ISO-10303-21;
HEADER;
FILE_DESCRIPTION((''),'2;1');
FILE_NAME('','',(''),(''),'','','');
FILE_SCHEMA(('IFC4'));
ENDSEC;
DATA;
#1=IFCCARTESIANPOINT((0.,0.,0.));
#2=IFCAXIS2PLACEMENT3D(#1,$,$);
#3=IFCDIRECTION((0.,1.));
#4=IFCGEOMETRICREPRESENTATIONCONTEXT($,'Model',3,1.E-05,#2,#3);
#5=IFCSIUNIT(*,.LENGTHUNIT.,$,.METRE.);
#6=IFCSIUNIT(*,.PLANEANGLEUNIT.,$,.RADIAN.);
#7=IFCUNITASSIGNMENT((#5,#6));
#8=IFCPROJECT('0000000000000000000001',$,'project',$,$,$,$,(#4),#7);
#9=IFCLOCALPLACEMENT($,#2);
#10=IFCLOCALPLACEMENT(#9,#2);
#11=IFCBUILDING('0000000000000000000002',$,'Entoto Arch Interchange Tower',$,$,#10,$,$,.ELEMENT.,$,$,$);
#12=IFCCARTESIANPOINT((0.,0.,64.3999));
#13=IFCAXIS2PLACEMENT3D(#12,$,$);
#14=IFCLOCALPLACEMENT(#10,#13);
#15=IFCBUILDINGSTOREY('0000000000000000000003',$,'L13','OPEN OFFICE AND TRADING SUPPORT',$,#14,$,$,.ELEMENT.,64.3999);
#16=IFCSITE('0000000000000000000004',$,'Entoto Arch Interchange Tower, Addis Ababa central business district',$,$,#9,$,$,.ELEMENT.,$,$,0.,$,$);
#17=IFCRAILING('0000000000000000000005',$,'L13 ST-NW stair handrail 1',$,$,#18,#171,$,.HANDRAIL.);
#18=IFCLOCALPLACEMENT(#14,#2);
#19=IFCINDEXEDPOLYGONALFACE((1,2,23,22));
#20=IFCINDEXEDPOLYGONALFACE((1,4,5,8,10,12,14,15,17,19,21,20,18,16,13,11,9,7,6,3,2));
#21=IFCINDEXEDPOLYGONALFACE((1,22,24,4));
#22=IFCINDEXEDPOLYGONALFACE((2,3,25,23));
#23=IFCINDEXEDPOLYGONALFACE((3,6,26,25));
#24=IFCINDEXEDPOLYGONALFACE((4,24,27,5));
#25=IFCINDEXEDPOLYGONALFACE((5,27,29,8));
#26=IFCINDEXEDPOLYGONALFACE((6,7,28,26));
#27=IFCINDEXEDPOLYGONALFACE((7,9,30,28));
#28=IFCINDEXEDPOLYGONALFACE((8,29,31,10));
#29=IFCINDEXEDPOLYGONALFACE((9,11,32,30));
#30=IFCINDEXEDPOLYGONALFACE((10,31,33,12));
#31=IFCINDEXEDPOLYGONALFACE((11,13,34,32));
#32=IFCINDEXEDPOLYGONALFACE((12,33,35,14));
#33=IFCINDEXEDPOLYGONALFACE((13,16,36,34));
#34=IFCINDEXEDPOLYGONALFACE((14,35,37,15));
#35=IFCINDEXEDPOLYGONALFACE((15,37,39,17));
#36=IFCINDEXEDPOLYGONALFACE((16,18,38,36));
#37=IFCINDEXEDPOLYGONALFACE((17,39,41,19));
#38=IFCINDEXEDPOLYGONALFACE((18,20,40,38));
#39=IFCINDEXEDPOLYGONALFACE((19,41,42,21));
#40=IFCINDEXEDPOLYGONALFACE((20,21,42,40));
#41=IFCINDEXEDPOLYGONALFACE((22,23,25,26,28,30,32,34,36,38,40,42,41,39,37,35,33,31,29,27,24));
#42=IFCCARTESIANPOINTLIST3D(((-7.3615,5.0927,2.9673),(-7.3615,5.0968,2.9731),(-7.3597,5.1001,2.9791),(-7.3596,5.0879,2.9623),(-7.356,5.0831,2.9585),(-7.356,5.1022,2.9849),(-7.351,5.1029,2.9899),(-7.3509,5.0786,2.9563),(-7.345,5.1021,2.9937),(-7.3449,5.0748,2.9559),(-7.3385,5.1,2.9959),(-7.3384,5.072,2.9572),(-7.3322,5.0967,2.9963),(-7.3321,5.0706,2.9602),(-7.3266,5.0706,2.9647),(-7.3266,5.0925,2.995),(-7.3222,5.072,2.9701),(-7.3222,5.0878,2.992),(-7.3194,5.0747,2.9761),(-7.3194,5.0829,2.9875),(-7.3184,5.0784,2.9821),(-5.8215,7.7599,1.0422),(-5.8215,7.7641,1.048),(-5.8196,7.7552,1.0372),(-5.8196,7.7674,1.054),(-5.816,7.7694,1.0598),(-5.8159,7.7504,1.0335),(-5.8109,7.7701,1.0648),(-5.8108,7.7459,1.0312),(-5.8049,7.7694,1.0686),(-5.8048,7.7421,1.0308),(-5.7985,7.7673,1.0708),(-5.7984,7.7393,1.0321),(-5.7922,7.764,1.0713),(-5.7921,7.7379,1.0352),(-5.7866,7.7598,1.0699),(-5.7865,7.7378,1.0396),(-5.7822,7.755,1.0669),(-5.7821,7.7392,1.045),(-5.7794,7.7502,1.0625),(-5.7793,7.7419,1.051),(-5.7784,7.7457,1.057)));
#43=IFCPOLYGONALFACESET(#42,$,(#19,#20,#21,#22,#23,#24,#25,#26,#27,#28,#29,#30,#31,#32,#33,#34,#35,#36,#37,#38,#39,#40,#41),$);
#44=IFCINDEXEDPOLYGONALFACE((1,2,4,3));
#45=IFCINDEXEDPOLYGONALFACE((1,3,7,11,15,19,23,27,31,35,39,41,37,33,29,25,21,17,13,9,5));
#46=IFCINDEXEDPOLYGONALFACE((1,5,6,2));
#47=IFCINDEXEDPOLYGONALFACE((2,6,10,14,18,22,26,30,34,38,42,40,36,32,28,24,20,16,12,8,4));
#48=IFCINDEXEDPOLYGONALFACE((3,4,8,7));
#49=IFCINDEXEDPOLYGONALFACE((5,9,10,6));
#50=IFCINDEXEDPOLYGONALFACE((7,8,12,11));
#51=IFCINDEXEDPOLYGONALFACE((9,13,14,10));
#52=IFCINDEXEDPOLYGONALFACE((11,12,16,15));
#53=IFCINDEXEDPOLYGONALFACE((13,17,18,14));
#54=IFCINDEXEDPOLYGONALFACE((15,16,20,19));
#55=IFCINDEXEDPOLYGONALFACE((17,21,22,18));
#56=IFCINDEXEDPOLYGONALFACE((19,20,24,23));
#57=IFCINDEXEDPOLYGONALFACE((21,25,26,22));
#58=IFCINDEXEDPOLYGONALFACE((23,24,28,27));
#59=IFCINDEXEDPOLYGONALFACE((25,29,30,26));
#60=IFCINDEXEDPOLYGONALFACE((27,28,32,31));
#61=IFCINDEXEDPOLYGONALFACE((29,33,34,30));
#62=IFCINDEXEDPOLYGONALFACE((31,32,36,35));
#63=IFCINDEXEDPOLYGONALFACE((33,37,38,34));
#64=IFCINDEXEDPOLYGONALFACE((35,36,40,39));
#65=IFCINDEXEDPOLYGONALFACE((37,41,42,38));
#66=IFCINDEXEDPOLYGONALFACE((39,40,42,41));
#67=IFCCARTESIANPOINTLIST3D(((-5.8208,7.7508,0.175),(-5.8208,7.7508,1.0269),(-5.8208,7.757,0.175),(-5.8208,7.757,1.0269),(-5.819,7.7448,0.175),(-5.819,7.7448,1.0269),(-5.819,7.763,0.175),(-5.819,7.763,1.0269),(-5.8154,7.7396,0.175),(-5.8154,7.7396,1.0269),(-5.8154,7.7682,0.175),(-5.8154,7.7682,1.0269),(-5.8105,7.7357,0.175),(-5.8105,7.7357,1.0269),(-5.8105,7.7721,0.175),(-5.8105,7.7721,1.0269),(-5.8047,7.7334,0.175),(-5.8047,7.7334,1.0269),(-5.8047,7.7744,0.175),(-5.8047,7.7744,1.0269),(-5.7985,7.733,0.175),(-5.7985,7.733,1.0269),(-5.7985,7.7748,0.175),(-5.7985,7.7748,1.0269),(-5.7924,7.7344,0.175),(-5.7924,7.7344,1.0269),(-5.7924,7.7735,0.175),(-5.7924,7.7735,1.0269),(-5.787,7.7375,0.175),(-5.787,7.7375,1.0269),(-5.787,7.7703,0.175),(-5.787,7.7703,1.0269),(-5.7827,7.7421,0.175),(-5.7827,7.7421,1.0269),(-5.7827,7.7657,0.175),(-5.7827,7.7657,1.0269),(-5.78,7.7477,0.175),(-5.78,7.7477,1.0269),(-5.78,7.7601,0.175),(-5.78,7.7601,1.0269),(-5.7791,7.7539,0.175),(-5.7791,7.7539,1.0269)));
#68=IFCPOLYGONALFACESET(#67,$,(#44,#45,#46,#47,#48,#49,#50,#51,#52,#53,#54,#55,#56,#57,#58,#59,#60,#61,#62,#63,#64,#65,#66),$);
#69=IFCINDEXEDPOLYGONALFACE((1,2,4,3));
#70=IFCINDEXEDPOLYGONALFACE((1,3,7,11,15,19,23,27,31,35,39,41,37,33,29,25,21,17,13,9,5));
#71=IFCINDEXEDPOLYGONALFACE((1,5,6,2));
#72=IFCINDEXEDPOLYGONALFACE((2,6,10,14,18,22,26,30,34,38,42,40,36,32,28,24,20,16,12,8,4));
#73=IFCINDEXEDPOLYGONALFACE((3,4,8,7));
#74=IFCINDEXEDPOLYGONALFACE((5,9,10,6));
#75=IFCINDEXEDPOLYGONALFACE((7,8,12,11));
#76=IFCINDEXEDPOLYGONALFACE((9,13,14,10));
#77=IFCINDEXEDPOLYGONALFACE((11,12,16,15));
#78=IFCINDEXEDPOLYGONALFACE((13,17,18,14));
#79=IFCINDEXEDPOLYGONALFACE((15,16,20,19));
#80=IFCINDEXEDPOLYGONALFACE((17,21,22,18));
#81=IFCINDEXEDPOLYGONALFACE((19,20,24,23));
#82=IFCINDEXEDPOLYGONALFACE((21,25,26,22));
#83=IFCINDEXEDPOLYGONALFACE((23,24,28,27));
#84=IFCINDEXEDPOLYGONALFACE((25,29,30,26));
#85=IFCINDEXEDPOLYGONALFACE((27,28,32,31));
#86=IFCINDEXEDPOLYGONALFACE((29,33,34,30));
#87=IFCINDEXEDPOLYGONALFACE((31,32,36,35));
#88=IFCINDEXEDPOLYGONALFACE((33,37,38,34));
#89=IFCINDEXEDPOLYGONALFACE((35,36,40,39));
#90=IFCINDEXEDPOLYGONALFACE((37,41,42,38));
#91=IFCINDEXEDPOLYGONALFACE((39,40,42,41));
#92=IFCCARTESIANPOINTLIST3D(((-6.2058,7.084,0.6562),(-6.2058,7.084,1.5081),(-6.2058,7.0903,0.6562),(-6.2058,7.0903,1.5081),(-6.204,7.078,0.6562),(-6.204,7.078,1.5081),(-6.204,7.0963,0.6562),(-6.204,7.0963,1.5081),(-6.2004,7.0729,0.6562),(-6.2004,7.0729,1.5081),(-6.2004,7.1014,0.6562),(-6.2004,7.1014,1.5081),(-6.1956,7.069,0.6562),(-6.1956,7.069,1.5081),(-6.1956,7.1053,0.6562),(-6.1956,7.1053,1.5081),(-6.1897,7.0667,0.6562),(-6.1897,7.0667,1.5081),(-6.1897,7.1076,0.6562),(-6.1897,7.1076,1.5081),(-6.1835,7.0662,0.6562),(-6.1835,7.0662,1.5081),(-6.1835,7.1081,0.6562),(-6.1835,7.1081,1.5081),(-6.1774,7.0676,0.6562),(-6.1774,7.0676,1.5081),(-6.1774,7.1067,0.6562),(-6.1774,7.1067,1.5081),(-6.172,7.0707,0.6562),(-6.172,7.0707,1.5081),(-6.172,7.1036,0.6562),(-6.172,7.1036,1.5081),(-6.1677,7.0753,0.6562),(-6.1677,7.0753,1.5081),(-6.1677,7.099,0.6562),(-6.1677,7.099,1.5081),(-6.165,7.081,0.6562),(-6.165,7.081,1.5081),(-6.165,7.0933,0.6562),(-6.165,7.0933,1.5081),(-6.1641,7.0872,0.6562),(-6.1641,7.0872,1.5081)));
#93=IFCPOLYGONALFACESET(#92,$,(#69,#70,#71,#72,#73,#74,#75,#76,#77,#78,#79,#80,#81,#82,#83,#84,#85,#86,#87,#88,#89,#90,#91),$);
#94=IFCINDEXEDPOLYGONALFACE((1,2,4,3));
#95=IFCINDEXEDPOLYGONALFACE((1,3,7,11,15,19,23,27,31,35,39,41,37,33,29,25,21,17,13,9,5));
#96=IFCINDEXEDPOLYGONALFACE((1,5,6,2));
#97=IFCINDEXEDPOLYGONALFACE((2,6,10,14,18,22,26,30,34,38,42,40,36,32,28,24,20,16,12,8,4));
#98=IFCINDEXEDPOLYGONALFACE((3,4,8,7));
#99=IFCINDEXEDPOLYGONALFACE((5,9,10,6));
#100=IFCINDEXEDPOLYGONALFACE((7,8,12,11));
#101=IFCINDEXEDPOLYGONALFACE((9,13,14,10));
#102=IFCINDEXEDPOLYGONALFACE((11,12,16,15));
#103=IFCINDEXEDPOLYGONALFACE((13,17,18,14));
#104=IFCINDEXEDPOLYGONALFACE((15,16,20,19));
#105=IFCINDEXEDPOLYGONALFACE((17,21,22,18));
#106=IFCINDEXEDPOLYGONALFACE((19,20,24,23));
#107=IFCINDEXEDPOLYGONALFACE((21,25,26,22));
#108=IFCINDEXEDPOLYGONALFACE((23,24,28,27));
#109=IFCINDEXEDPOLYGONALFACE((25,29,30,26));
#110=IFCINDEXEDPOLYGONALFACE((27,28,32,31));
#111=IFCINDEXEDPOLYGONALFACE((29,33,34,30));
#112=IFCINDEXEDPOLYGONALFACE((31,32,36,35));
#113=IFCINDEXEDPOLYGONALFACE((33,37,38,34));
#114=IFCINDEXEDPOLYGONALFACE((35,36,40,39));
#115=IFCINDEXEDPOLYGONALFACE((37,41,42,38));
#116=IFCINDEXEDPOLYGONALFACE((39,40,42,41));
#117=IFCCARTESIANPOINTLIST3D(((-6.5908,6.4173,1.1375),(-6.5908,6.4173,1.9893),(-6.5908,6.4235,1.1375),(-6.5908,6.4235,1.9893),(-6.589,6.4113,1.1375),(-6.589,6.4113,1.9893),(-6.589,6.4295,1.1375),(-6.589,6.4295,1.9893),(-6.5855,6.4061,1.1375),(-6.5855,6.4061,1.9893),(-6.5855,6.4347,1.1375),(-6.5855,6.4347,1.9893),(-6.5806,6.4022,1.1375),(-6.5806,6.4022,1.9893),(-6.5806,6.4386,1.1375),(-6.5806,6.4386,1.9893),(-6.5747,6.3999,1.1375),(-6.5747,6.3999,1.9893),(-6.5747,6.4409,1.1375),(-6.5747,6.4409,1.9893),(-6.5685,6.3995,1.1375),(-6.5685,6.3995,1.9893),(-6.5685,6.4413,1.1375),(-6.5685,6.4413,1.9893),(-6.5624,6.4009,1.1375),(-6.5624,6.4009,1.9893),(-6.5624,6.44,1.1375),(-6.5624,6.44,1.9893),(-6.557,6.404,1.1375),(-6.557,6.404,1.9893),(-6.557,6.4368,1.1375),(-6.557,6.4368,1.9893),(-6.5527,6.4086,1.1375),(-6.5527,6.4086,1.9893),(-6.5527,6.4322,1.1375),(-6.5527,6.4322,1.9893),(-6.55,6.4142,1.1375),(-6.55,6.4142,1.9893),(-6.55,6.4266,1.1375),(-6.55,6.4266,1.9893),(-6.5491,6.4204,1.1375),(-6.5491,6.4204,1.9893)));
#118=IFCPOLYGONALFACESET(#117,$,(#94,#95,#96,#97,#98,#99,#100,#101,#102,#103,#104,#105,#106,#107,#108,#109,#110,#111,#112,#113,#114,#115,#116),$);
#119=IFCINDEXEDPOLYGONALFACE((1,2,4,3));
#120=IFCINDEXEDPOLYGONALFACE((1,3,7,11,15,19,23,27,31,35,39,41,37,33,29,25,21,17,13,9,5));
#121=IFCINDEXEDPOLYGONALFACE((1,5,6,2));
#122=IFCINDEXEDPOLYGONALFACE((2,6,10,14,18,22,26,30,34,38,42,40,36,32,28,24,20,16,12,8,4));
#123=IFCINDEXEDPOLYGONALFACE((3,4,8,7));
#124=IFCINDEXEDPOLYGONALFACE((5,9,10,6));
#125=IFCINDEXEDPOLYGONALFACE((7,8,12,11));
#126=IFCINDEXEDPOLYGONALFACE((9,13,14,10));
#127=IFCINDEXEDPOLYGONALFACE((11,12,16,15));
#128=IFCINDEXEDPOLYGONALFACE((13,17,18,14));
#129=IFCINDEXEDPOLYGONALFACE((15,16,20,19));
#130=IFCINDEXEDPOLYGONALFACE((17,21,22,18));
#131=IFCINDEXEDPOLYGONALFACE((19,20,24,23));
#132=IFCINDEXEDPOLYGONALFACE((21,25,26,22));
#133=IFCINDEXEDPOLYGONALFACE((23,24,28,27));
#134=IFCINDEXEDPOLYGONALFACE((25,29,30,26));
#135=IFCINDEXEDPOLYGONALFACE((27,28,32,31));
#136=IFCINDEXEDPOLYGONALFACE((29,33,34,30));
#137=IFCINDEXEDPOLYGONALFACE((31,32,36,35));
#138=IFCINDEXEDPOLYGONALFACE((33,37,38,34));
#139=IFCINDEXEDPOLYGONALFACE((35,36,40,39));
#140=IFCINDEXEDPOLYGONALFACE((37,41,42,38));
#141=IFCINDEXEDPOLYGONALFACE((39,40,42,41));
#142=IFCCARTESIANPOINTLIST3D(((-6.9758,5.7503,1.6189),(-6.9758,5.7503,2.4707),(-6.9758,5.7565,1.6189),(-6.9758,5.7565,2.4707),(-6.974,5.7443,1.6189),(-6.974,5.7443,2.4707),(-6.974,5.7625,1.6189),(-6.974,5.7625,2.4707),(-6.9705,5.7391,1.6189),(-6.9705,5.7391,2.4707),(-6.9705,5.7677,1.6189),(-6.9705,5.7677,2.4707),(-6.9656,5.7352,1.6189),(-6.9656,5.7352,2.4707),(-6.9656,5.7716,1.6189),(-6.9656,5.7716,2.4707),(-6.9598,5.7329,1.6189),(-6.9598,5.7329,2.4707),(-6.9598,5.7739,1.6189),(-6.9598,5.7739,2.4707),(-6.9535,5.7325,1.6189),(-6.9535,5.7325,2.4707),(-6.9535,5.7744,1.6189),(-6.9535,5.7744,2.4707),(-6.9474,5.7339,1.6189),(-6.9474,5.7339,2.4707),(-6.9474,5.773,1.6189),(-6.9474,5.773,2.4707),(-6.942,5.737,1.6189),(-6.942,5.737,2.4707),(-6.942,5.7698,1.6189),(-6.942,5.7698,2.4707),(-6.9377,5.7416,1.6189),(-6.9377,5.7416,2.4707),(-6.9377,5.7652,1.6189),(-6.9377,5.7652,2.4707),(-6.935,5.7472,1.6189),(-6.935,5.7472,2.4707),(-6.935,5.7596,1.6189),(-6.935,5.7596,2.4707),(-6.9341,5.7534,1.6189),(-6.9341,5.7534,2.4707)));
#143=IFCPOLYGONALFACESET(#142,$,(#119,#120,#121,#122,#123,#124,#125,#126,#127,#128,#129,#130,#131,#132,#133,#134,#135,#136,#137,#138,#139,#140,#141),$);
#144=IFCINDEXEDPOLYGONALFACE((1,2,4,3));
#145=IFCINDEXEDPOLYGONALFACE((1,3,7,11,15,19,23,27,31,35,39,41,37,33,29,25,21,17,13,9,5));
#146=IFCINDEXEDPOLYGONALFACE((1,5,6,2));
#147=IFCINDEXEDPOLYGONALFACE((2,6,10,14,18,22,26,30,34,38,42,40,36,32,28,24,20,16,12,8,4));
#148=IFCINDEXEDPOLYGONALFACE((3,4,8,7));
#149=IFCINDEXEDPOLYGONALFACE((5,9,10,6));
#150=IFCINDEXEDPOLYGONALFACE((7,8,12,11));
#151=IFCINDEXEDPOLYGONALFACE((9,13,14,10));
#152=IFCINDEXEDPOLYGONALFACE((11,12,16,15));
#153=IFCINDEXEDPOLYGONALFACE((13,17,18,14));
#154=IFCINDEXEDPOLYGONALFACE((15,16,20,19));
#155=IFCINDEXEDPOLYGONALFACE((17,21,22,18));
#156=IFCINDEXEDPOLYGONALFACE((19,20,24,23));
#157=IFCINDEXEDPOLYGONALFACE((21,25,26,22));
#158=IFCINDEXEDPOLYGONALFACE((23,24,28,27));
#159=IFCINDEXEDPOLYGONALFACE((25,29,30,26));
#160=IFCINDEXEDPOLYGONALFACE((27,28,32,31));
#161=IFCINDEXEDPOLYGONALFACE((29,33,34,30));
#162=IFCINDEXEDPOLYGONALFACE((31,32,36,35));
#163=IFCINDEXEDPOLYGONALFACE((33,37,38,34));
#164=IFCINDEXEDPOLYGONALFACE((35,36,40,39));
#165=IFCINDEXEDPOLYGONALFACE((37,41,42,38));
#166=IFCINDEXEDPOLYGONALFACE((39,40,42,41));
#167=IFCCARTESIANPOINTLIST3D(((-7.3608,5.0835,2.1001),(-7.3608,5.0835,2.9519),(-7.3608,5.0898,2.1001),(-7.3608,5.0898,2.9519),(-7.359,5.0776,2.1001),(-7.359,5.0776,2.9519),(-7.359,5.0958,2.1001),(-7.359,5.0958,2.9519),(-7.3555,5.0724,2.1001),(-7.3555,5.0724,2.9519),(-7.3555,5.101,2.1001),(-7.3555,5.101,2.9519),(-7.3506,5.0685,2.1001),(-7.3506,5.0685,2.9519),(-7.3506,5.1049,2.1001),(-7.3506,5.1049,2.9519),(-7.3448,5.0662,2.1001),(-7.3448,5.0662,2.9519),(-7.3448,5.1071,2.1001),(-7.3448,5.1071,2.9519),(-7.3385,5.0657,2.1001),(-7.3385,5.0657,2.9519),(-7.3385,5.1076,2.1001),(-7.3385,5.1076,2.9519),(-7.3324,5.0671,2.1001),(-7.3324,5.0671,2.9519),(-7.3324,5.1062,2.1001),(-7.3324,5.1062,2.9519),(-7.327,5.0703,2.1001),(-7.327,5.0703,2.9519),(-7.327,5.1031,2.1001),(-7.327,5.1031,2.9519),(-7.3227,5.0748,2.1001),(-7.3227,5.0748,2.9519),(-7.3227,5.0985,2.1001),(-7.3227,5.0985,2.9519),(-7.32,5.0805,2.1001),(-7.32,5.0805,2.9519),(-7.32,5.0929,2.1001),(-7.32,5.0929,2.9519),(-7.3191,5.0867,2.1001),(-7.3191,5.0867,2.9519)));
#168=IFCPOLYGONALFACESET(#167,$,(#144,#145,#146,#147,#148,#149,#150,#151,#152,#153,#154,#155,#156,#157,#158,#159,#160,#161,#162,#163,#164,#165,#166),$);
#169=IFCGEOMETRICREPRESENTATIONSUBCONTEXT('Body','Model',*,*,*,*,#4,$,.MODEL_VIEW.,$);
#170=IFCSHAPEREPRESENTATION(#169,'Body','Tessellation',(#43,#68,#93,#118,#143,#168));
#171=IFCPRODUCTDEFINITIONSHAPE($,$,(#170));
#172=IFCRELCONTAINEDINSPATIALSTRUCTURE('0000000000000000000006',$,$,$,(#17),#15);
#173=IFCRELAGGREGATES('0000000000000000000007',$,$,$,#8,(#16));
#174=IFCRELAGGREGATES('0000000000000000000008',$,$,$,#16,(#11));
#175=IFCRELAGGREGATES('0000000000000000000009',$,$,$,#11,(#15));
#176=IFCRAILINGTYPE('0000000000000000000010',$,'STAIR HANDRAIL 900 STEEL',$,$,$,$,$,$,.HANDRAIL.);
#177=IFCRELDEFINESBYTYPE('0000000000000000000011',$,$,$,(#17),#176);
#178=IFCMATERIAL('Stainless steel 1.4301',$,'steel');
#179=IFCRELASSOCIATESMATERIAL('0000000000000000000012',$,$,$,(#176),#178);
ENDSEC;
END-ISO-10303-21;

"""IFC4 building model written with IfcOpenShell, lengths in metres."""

from ifc_helpers import new_model, si_unit, direction, frame, origin, origin_2d, place, context, subcontext, project, spatial, circle, extrude, material, type_object, element, save


model = new_model("IFC4")

# Units and contexts
model_context = context("Model", 3, precision=1e-05, world=origin(), true_north=direction((0.0, 1.0)))
body_context = subcontext(model_context, "Body", "Model", "MODEL_VIEW")
ifc_project = project(units=[si_unit("LENGTHUNIT", "METRE"), si_unit("PLANEANGLEUNIT", "RADIAN")], contexts=[model_context])

# Site, building, storey
site_placement = place(None, origin())
site = spatial("IfcSite", under=ifc_project, at=site_placement, Name="Entoto Arch Interchange Tower, Addis Ababa central business district", CompositionType="ELEMENT", RefElevation=0.0)
building_placement = place(site_placement, origin())
building = spatial("IfcBuilding", under=site, at=building_placement, Name="Entoto Arch Interchange Tower", CompositionType="ELEMENT")
storey_placement = place(building_placement, frame((0.0, 0.0, 64.3999)))
storey = spatial("IfcBuildingStorey", under=building, at=storey_placement, Name="L13", Description="OPEN OFFICE AND TRADING SUPPORT", CompositionType="ELEMENT", Elevation=64.3999)

# Railing
ifc_material_1 = material(Name="Stainless steel 1.4301", Category="steel")
railing_type_1 = type_object("IfcRailingType", Name="STAIR HANDRAIL 900 STEEL", PredefinedType="HANDRAIL", material=ifc_material_1)
railing_1_placement = place(storey_placement, frame((-5.8, 7.7539, 0.175)))
element("IfcRailing", 1, at=railing_1_placement, inside=storey, type_object=railing_type_1, Name="L13 ST-NW stair handrail 1", PredefinedType="HANDRAIL", context=body_context, shape_type="SweptSolid", body=[
    extrude(circle(Radius=0.0239, at=origin_2d()), frame((0.0, 0.0, 0.876), z_axis=(-0.424015, -0.734364, 0.530019), x_axis=(0.86601, -0.500027, 0.0)), (0.0, 0.0, 1.0), 3.6321),
    extrude(circle(Radius=0.021, at=origin_2d()), origin(), (0.0, 0.0, 1.0), 0.8518),
    extrude(circle(Radius=0.021, at=origin_2d()), frame((-0.385, -0.6667, 0.4812)), (0.0, 0.0, 1.0), 0.8518),
    extrude(circle(Radius=0.021, at=origin_2d()), frame((-0.77, -1.3335, 0.9624)), (0.0, 0.0, 1.0), 0.8518),
    extrude(circle(Radius=0.021, at=origin_2d()), frame((-1.155, -2.0005, 1.4438)), (0.0, 0.0, 1.0), 0.8518),
    extrude(circle(Radius=0.021, at=origin_2d()), frame((-1.54, -2.6672, 1.925)), (0.0, 0.0, 1.0), 0.8518),
])

save(model, "model.ifc")
